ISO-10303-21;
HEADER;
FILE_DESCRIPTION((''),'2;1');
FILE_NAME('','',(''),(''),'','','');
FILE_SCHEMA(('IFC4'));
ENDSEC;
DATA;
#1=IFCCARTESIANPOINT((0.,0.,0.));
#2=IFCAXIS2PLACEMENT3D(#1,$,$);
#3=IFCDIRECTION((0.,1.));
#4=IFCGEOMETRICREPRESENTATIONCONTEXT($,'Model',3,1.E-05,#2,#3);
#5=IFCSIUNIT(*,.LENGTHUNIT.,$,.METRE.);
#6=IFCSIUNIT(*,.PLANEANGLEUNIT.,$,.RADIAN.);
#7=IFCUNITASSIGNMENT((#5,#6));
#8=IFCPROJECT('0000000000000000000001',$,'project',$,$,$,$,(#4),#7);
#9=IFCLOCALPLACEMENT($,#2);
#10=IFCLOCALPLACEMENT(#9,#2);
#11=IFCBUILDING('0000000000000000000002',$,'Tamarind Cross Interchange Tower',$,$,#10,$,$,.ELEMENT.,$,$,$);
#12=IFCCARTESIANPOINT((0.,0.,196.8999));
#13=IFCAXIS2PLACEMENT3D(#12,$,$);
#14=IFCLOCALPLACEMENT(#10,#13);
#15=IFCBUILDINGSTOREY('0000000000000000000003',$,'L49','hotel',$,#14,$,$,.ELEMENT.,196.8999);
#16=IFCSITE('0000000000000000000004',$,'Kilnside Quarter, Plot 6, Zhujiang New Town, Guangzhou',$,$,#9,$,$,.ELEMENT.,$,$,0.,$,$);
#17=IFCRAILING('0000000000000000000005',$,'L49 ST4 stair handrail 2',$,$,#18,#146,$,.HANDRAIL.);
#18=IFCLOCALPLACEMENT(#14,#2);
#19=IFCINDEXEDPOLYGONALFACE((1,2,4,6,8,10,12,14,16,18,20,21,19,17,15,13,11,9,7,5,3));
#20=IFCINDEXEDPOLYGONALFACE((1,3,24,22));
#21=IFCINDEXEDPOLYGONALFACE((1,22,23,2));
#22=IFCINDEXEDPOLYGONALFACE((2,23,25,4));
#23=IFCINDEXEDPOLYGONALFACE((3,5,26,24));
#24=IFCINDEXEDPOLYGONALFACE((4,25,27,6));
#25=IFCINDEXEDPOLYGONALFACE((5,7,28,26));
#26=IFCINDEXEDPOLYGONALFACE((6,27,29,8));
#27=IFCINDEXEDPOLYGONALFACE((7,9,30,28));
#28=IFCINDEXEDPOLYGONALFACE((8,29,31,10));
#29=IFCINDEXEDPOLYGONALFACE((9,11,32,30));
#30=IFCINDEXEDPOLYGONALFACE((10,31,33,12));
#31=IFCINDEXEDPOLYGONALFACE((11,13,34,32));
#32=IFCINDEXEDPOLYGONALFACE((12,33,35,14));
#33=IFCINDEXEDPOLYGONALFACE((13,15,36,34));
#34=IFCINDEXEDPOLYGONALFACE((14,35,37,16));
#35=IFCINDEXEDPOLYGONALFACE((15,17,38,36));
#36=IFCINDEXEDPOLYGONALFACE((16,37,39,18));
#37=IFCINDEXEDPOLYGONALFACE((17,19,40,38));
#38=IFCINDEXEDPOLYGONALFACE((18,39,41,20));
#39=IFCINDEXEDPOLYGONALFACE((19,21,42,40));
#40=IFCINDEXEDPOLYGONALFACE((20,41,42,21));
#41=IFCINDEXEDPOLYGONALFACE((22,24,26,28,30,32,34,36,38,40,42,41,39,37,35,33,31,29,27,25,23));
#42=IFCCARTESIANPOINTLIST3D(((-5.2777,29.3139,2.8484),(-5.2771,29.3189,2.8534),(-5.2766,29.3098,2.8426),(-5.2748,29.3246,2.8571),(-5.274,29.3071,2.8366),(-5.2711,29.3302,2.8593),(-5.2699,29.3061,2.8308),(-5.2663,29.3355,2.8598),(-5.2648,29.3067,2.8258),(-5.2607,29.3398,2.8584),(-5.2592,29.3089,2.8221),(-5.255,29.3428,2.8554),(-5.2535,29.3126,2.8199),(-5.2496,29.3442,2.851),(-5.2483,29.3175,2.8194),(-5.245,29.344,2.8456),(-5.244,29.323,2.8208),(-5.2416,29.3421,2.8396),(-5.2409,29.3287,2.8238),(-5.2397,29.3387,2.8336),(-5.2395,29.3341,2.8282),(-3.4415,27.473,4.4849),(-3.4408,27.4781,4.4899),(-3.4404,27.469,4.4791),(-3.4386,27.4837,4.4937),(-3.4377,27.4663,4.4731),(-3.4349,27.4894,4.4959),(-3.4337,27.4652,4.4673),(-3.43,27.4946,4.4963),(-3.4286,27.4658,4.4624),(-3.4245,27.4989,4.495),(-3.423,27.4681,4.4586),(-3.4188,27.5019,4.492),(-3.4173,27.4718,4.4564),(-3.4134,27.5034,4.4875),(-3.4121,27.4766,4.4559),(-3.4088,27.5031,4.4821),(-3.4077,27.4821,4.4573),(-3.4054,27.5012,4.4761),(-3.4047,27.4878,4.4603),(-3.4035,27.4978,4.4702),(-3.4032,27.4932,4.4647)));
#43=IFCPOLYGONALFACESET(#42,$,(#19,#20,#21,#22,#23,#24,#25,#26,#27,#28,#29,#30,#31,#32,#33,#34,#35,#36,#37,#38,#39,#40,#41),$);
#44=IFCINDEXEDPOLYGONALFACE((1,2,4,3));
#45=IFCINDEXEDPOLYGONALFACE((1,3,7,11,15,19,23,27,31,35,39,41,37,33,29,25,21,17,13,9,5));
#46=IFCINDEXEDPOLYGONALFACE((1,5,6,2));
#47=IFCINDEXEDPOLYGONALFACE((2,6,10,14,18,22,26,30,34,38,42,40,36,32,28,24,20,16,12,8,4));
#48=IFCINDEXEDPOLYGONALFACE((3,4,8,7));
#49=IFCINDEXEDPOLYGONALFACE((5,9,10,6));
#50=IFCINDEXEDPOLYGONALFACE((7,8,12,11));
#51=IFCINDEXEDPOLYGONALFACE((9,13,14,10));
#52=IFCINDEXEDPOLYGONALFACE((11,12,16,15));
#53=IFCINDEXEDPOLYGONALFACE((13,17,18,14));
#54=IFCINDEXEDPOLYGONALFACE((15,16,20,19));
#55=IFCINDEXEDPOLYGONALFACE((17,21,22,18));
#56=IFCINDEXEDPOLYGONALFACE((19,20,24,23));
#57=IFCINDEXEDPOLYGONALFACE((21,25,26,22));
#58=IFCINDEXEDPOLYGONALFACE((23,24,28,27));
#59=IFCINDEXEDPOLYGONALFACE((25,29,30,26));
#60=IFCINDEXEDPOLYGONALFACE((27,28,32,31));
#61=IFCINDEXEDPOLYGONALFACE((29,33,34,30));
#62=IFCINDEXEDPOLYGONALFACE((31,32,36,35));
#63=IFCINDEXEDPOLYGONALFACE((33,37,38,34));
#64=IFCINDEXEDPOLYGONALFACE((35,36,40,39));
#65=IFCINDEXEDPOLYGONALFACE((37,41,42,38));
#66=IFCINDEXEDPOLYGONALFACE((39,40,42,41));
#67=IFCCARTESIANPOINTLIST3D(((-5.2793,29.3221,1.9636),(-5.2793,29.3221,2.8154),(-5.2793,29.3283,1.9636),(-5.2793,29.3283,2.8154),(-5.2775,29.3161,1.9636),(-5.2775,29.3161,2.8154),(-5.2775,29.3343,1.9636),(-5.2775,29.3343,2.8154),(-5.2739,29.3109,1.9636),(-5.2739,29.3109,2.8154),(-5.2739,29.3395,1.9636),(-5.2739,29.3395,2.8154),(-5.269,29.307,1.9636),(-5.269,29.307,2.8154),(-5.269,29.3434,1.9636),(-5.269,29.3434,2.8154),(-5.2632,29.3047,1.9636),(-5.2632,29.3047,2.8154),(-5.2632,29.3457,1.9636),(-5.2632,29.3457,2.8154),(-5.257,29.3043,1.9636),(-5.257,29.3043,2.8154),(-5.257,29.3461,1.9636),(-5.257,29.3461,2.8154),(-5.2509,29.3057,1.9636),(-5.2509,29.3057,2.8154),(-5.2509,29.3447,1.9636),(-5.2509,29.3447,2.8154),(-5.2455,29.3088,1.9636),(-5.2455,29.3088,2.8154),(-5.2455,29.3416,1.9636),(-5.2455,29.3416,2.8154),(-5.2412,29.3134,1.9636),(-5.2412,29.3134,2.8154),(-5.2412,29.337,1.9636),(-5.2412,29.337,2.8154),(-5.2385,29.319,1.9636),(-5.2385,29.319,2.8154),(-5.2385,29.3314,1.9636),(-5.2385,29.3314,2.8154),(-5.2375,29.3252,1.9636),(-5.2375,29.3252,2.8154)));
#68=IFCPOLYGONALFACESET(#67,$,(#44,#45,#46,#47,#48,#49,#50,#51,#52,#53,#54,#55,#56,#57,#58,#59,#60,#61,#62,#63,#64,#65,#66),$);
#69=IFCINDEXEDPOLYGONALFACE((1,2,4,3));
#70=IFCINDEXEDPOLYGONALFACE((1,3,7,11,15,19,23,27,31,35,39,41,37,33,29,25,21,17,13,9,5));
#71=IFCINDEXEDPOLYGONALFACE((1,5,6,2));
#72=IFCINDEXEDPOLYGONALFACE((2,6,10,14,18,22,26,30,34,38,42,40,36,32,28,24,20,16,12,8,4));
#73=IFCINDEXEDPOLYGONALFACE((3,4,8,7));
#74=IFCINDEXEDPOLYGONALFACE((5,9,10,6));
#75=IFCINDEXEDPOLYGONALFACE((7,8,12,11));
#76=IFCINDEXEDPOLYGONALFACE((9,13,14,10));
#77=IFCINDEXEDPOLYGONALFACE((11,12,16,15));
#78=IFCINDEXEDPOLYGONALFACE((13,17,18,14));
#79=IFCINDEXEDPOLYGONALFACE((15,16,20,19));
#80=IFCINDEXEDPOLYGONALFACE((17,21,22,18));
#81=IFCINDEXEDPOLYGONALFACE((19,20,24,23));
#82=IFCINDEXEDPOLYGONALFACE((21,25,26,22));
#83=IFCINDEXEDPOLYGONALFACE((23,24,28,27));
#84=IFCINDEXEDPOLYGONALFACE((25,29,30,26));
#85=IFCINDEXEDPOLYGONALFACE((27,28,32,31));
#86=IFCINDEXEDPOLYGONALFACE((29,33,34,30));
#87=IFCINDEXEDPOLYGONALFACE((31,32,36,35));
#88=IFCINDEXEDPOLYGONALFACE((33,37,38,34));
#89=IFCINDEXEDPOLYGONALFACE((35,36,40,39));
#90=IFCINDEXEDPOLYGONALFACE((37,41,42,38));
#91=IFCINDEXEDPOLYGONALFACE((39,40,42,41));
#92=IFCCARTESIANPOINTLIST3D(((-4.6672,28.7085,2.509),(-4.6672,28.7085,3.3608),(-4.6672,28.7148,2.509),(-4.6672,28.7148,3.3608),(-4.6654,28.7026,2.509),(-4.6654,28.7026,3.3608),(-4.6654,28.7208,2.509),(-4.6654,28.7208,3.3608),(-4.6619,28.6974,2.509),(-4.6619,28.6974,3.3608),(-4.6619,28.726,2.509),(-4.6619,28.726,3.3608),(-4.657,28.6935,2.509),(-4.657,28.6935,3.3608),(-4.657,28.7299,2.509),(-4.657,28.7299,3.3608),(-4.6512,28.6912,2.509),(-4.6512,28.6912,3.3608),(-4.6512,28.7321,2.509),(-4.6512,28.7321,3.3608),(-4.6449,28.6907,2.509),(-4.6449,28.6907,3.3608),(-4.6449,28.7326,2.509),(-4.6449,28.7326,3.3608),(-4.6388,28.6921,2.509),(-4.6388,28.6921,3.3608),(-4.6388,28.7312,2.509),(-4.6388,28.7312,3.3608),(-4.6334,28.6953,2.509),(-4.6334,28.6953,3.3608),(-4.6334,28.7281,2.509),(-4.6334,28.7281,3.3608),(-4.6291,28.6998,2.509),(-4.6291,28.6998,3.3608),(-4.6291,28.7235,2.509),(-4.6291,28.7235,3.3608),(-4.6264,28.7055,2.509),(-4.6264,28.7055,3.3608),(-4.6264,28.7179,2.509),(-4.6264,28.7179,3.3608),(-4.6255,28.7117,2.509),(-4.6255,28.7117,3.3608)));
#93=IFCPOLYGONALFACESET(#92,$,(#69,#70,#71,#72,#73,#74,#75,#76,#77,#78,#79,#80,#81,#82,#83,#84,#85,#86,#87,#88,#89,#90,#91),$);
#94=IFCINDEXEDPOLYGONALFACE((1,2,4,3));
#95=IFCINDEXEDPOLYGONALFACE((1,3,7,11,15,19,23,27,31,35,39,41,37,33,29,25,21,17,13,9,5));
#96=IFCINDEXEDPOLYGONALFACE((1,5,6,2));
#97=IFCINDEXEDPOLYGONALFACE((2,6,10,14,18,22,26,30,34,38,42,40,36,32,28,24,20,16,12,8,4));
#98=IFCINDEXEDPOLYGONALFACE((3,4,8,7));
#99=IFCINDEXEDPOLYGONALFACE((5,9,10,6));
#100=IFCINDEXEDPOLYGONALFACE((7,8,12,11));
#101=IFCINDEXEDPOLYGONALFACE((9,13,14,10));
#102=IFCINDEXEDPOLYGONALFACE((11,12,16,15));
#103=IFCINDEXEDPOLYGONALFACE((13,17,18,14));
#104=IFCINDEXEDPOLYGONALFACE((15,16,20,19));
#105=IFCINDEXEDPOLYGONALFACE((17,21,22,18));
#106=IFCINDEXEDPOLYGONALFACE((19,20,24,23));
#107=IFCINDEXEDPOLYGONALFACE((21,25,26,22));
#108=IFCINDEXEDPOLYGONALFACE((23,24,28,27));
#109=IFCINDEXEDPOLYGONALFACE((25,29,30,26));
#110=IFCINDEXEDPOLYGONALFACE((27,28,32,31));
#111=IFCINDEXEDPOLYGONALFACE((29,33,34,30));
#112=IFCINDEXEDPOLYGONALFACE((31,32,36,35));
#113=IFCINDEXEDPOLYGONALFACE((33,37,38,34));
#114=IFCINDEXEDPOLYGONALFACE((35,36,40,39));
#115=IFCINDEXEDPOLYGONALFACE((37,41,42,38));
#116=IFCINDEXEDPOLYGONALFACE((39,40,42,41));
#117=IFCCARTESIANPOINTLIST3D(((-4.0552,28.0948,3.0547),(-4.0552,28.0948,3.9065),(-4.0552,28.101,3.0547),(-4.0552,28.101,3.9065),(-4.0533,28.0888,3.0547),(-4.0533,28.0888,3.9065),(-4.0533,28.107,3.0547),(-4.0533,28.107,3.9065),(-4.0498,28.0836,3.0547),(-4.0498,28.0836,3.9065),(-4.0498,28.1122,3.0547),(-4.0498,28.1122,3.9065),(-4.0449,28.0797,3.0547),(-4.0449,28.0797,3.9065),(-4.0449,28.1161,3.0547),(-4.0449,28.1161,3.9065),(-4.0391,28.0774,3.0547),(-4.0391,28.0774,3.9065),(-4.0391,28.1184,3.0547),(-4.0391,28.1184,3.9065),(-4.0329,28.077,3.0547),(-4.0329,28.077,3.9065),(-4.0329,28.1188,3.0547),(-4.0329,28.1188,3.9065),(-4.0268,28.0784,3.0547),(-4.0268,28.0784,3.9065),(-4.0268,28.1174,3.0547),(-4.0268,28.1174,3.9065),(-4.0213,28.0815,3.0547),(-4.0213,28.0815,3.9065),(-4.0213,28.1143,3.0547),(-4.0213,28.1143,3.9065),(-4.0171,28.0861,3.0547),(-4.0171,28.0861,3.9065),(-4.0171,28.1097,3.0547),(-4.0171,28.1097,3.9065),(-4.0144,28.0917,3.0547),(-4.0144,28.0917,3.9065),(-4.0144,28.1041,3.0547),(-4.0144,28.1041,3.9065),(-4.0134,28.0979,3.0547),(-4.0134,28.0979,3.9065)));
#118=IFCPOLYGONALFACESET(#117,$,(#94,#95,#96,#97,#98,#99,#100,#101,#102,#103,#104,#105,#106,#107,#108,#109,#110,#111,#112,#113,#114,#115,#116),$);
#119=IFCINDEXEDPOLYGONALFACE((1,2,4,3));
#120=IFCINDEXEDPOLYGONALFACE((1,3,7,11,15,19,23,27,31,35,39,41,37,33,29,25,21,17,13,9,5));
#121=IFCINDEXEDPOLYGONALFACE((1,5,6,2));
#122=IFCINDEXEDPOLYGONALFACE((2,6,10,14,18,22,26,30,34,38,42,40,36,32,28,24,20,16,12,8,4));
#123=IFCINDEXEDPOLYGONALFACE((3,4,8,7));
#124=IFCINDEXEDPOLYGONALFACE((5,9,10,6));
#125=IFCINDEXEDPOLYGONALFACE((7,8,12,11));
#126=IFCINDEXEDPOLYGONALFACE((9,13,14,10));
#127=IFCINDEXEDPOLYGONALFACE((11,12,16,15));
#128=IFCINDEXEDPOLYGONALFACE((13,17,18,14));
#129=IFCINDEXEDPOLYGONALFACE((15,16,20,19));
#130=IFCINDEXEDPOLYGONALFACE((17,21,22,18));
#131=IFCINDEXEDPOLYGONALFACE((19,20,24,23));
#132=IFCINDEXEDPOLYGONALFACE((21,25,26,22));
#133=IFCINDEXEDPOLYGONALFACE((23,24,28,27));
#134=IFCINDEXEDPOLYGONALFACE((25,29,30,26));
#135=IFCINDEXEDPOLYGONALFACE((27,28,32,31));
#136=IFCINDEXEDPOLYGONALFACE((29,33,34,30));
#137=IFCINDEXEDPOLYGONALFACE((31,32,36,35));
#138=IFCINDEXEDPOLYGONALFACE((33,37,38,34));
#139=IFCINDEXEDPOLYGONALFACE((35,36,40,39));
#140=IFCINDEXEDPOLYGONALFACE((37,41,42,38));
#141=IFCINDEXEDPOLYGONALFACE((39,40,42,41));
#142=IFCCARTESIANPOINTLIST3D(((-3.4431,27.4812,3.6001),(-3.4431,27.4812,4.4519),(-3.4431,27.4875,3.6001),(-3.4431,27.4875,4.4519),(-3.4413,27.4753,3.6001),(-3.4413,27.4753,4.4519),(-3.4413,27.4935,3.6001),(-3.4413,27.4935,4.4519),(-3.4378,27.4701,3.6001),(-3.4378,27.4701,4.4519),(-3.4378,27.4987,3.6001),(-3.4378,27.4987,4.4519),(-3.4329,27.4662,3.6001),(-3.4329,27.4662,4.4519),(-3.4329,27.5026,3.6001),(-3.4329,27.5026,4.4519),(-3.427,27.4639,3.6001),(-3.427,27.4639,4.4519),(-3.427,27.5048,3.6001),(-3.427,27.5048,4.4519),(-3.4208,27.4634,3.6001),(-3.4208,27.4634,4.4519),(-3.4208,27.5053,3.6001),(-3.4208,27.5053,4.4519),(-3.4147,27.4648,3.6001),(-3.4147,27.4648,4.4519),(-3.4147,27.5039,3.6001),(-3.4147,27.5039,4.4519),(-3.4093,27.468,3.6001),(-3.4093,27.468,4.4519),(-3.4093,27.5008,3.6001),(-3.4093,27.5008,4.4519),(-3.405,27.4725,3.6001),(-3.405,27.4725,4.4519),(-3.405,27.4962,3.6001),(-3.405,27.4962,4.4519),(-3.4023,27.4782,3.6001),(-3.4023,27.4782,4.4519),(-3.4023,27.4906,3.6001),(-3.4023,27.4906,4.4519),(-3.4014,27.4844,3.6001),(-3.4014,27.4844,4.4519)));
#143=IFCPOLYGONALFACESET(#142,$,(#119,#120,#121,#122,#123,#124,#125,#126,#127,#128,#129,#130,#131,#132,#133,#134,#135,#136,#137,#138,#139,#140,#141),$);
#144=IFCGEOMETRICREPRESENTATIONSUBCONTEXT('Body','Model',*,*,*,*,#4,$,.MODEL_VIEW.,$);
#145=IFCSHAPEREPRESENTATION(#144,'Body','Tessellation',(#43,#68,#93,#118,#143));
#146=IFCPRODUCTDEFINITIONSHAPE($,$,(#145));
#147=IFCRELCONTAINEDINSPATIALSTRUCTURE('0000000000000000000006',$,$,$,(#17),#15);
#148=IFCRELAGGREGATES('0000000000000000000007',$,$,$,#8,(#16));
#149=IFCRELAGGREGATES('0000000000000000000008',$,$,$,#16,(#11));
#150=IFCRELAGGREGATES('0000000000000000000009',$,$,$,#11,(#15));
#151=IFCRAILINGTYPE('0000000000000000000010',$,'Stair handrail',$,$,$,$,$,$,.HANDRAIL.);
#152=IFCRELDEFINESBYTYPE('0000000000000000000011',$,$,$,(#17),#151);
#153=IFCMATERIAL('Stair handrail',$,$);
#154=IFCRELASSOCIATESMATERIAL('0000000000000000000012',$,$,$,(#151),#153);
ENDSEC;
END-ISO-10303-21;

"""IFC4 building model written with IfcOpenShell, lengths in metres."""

from ifc_helpers import new_model, si_unit, direction, frame, origin, origin_2d, place, context, subcontext, project, spatial, circle, extrude, material, type_object, element, save


model = new_model("IFC4")

# Units and contexts
model_context = context("Model", 3, precision=1e-05, world=origin(), true_north=direction((0.0, 1.0)))
body_context = subcontext(model_context, "Body", "Model", "MODEL_VIEW")
ifc_project = project(units=[si_unit("LENGTHUNIT", "METRE"), si_unit("PLANEANGLEUNIT", "RADIAN")], contexts=[model_context])

# Site, building, storey
site_placement = place(None, origin())
site = spatial("IfcSite", under=ifc_project, at=site_placement, Name="Kilnside Quarter, Plot 6, Zhujiang New Town, Guangzhou", CompositionType="ELEMENT", RefElevation=0.0)
building_placement = place(site_placement, origin())
building = spatial("IfcBuilding", under=site, at=building_placement, Name="Tamarind Cross Interchange Tower", CompositionType="ELEMENT")
storey_placement = place(building_placement, frame((0.0, 0.0, 196.8999)))
storey = spatial("IfcBuildingStorey", under=building, at=storey_placement, Name="L49", Description="hotel", CompositionType="ELEMENT", Elevation=196.8999)

# Railing
ifc_material_1 = material(Name="Stair handrail")
railing_type_1 = type_object("IfcRailingType", Name="Stair handrail", PredefinedType="HANDRAIL", material=ifc_material_1)
railing_1_placement = place(storey_placement, frame((-5.2585, 29.3252, 1.9636)))
element("IfcRailing", 1, at=railing_1_placement, inside=storey, type_object=railing_type_1, Name="L49 ST4 stair handrail 2", PredefinedType="HANDRAIL", context=body_context, shape_type="SweptSolid", body=[
    extrude(circle(Radius=0.0239, at=origin_2d()), frame((0.0, 0.0, 0.876), z_axis=(0.597682, -0.599192, 0.532677), x_axis=(0.707998, 0.706214, 0.0)), (0.0, 0.0, 1.0), 3.0723),
    extrude(circle(Radius=0.021, at=origin_2d()), origin(), (0.0, 0.0, 1.0), 0.8518),
    extrude(circle(Radius=0.021, at=origin_2d()), frame((0.6121, -0.6135, 0.5454)), (0.0, 0.0, 1.0), 0.8518),
    extrude(circle(Radius=0.021, at=origin_2d()), frame((1.2241, -1.2273, 1.0911)), (0.0, 0.0, 1.0), 0.8518),
    extrude(circle(Radius=0.021, at=origin_2d()), frame((1.8362, -1.8408, 1.6365)), (0.0, 0.0, 1.0), 0.8518),
])

save(model, "model.ifc")
